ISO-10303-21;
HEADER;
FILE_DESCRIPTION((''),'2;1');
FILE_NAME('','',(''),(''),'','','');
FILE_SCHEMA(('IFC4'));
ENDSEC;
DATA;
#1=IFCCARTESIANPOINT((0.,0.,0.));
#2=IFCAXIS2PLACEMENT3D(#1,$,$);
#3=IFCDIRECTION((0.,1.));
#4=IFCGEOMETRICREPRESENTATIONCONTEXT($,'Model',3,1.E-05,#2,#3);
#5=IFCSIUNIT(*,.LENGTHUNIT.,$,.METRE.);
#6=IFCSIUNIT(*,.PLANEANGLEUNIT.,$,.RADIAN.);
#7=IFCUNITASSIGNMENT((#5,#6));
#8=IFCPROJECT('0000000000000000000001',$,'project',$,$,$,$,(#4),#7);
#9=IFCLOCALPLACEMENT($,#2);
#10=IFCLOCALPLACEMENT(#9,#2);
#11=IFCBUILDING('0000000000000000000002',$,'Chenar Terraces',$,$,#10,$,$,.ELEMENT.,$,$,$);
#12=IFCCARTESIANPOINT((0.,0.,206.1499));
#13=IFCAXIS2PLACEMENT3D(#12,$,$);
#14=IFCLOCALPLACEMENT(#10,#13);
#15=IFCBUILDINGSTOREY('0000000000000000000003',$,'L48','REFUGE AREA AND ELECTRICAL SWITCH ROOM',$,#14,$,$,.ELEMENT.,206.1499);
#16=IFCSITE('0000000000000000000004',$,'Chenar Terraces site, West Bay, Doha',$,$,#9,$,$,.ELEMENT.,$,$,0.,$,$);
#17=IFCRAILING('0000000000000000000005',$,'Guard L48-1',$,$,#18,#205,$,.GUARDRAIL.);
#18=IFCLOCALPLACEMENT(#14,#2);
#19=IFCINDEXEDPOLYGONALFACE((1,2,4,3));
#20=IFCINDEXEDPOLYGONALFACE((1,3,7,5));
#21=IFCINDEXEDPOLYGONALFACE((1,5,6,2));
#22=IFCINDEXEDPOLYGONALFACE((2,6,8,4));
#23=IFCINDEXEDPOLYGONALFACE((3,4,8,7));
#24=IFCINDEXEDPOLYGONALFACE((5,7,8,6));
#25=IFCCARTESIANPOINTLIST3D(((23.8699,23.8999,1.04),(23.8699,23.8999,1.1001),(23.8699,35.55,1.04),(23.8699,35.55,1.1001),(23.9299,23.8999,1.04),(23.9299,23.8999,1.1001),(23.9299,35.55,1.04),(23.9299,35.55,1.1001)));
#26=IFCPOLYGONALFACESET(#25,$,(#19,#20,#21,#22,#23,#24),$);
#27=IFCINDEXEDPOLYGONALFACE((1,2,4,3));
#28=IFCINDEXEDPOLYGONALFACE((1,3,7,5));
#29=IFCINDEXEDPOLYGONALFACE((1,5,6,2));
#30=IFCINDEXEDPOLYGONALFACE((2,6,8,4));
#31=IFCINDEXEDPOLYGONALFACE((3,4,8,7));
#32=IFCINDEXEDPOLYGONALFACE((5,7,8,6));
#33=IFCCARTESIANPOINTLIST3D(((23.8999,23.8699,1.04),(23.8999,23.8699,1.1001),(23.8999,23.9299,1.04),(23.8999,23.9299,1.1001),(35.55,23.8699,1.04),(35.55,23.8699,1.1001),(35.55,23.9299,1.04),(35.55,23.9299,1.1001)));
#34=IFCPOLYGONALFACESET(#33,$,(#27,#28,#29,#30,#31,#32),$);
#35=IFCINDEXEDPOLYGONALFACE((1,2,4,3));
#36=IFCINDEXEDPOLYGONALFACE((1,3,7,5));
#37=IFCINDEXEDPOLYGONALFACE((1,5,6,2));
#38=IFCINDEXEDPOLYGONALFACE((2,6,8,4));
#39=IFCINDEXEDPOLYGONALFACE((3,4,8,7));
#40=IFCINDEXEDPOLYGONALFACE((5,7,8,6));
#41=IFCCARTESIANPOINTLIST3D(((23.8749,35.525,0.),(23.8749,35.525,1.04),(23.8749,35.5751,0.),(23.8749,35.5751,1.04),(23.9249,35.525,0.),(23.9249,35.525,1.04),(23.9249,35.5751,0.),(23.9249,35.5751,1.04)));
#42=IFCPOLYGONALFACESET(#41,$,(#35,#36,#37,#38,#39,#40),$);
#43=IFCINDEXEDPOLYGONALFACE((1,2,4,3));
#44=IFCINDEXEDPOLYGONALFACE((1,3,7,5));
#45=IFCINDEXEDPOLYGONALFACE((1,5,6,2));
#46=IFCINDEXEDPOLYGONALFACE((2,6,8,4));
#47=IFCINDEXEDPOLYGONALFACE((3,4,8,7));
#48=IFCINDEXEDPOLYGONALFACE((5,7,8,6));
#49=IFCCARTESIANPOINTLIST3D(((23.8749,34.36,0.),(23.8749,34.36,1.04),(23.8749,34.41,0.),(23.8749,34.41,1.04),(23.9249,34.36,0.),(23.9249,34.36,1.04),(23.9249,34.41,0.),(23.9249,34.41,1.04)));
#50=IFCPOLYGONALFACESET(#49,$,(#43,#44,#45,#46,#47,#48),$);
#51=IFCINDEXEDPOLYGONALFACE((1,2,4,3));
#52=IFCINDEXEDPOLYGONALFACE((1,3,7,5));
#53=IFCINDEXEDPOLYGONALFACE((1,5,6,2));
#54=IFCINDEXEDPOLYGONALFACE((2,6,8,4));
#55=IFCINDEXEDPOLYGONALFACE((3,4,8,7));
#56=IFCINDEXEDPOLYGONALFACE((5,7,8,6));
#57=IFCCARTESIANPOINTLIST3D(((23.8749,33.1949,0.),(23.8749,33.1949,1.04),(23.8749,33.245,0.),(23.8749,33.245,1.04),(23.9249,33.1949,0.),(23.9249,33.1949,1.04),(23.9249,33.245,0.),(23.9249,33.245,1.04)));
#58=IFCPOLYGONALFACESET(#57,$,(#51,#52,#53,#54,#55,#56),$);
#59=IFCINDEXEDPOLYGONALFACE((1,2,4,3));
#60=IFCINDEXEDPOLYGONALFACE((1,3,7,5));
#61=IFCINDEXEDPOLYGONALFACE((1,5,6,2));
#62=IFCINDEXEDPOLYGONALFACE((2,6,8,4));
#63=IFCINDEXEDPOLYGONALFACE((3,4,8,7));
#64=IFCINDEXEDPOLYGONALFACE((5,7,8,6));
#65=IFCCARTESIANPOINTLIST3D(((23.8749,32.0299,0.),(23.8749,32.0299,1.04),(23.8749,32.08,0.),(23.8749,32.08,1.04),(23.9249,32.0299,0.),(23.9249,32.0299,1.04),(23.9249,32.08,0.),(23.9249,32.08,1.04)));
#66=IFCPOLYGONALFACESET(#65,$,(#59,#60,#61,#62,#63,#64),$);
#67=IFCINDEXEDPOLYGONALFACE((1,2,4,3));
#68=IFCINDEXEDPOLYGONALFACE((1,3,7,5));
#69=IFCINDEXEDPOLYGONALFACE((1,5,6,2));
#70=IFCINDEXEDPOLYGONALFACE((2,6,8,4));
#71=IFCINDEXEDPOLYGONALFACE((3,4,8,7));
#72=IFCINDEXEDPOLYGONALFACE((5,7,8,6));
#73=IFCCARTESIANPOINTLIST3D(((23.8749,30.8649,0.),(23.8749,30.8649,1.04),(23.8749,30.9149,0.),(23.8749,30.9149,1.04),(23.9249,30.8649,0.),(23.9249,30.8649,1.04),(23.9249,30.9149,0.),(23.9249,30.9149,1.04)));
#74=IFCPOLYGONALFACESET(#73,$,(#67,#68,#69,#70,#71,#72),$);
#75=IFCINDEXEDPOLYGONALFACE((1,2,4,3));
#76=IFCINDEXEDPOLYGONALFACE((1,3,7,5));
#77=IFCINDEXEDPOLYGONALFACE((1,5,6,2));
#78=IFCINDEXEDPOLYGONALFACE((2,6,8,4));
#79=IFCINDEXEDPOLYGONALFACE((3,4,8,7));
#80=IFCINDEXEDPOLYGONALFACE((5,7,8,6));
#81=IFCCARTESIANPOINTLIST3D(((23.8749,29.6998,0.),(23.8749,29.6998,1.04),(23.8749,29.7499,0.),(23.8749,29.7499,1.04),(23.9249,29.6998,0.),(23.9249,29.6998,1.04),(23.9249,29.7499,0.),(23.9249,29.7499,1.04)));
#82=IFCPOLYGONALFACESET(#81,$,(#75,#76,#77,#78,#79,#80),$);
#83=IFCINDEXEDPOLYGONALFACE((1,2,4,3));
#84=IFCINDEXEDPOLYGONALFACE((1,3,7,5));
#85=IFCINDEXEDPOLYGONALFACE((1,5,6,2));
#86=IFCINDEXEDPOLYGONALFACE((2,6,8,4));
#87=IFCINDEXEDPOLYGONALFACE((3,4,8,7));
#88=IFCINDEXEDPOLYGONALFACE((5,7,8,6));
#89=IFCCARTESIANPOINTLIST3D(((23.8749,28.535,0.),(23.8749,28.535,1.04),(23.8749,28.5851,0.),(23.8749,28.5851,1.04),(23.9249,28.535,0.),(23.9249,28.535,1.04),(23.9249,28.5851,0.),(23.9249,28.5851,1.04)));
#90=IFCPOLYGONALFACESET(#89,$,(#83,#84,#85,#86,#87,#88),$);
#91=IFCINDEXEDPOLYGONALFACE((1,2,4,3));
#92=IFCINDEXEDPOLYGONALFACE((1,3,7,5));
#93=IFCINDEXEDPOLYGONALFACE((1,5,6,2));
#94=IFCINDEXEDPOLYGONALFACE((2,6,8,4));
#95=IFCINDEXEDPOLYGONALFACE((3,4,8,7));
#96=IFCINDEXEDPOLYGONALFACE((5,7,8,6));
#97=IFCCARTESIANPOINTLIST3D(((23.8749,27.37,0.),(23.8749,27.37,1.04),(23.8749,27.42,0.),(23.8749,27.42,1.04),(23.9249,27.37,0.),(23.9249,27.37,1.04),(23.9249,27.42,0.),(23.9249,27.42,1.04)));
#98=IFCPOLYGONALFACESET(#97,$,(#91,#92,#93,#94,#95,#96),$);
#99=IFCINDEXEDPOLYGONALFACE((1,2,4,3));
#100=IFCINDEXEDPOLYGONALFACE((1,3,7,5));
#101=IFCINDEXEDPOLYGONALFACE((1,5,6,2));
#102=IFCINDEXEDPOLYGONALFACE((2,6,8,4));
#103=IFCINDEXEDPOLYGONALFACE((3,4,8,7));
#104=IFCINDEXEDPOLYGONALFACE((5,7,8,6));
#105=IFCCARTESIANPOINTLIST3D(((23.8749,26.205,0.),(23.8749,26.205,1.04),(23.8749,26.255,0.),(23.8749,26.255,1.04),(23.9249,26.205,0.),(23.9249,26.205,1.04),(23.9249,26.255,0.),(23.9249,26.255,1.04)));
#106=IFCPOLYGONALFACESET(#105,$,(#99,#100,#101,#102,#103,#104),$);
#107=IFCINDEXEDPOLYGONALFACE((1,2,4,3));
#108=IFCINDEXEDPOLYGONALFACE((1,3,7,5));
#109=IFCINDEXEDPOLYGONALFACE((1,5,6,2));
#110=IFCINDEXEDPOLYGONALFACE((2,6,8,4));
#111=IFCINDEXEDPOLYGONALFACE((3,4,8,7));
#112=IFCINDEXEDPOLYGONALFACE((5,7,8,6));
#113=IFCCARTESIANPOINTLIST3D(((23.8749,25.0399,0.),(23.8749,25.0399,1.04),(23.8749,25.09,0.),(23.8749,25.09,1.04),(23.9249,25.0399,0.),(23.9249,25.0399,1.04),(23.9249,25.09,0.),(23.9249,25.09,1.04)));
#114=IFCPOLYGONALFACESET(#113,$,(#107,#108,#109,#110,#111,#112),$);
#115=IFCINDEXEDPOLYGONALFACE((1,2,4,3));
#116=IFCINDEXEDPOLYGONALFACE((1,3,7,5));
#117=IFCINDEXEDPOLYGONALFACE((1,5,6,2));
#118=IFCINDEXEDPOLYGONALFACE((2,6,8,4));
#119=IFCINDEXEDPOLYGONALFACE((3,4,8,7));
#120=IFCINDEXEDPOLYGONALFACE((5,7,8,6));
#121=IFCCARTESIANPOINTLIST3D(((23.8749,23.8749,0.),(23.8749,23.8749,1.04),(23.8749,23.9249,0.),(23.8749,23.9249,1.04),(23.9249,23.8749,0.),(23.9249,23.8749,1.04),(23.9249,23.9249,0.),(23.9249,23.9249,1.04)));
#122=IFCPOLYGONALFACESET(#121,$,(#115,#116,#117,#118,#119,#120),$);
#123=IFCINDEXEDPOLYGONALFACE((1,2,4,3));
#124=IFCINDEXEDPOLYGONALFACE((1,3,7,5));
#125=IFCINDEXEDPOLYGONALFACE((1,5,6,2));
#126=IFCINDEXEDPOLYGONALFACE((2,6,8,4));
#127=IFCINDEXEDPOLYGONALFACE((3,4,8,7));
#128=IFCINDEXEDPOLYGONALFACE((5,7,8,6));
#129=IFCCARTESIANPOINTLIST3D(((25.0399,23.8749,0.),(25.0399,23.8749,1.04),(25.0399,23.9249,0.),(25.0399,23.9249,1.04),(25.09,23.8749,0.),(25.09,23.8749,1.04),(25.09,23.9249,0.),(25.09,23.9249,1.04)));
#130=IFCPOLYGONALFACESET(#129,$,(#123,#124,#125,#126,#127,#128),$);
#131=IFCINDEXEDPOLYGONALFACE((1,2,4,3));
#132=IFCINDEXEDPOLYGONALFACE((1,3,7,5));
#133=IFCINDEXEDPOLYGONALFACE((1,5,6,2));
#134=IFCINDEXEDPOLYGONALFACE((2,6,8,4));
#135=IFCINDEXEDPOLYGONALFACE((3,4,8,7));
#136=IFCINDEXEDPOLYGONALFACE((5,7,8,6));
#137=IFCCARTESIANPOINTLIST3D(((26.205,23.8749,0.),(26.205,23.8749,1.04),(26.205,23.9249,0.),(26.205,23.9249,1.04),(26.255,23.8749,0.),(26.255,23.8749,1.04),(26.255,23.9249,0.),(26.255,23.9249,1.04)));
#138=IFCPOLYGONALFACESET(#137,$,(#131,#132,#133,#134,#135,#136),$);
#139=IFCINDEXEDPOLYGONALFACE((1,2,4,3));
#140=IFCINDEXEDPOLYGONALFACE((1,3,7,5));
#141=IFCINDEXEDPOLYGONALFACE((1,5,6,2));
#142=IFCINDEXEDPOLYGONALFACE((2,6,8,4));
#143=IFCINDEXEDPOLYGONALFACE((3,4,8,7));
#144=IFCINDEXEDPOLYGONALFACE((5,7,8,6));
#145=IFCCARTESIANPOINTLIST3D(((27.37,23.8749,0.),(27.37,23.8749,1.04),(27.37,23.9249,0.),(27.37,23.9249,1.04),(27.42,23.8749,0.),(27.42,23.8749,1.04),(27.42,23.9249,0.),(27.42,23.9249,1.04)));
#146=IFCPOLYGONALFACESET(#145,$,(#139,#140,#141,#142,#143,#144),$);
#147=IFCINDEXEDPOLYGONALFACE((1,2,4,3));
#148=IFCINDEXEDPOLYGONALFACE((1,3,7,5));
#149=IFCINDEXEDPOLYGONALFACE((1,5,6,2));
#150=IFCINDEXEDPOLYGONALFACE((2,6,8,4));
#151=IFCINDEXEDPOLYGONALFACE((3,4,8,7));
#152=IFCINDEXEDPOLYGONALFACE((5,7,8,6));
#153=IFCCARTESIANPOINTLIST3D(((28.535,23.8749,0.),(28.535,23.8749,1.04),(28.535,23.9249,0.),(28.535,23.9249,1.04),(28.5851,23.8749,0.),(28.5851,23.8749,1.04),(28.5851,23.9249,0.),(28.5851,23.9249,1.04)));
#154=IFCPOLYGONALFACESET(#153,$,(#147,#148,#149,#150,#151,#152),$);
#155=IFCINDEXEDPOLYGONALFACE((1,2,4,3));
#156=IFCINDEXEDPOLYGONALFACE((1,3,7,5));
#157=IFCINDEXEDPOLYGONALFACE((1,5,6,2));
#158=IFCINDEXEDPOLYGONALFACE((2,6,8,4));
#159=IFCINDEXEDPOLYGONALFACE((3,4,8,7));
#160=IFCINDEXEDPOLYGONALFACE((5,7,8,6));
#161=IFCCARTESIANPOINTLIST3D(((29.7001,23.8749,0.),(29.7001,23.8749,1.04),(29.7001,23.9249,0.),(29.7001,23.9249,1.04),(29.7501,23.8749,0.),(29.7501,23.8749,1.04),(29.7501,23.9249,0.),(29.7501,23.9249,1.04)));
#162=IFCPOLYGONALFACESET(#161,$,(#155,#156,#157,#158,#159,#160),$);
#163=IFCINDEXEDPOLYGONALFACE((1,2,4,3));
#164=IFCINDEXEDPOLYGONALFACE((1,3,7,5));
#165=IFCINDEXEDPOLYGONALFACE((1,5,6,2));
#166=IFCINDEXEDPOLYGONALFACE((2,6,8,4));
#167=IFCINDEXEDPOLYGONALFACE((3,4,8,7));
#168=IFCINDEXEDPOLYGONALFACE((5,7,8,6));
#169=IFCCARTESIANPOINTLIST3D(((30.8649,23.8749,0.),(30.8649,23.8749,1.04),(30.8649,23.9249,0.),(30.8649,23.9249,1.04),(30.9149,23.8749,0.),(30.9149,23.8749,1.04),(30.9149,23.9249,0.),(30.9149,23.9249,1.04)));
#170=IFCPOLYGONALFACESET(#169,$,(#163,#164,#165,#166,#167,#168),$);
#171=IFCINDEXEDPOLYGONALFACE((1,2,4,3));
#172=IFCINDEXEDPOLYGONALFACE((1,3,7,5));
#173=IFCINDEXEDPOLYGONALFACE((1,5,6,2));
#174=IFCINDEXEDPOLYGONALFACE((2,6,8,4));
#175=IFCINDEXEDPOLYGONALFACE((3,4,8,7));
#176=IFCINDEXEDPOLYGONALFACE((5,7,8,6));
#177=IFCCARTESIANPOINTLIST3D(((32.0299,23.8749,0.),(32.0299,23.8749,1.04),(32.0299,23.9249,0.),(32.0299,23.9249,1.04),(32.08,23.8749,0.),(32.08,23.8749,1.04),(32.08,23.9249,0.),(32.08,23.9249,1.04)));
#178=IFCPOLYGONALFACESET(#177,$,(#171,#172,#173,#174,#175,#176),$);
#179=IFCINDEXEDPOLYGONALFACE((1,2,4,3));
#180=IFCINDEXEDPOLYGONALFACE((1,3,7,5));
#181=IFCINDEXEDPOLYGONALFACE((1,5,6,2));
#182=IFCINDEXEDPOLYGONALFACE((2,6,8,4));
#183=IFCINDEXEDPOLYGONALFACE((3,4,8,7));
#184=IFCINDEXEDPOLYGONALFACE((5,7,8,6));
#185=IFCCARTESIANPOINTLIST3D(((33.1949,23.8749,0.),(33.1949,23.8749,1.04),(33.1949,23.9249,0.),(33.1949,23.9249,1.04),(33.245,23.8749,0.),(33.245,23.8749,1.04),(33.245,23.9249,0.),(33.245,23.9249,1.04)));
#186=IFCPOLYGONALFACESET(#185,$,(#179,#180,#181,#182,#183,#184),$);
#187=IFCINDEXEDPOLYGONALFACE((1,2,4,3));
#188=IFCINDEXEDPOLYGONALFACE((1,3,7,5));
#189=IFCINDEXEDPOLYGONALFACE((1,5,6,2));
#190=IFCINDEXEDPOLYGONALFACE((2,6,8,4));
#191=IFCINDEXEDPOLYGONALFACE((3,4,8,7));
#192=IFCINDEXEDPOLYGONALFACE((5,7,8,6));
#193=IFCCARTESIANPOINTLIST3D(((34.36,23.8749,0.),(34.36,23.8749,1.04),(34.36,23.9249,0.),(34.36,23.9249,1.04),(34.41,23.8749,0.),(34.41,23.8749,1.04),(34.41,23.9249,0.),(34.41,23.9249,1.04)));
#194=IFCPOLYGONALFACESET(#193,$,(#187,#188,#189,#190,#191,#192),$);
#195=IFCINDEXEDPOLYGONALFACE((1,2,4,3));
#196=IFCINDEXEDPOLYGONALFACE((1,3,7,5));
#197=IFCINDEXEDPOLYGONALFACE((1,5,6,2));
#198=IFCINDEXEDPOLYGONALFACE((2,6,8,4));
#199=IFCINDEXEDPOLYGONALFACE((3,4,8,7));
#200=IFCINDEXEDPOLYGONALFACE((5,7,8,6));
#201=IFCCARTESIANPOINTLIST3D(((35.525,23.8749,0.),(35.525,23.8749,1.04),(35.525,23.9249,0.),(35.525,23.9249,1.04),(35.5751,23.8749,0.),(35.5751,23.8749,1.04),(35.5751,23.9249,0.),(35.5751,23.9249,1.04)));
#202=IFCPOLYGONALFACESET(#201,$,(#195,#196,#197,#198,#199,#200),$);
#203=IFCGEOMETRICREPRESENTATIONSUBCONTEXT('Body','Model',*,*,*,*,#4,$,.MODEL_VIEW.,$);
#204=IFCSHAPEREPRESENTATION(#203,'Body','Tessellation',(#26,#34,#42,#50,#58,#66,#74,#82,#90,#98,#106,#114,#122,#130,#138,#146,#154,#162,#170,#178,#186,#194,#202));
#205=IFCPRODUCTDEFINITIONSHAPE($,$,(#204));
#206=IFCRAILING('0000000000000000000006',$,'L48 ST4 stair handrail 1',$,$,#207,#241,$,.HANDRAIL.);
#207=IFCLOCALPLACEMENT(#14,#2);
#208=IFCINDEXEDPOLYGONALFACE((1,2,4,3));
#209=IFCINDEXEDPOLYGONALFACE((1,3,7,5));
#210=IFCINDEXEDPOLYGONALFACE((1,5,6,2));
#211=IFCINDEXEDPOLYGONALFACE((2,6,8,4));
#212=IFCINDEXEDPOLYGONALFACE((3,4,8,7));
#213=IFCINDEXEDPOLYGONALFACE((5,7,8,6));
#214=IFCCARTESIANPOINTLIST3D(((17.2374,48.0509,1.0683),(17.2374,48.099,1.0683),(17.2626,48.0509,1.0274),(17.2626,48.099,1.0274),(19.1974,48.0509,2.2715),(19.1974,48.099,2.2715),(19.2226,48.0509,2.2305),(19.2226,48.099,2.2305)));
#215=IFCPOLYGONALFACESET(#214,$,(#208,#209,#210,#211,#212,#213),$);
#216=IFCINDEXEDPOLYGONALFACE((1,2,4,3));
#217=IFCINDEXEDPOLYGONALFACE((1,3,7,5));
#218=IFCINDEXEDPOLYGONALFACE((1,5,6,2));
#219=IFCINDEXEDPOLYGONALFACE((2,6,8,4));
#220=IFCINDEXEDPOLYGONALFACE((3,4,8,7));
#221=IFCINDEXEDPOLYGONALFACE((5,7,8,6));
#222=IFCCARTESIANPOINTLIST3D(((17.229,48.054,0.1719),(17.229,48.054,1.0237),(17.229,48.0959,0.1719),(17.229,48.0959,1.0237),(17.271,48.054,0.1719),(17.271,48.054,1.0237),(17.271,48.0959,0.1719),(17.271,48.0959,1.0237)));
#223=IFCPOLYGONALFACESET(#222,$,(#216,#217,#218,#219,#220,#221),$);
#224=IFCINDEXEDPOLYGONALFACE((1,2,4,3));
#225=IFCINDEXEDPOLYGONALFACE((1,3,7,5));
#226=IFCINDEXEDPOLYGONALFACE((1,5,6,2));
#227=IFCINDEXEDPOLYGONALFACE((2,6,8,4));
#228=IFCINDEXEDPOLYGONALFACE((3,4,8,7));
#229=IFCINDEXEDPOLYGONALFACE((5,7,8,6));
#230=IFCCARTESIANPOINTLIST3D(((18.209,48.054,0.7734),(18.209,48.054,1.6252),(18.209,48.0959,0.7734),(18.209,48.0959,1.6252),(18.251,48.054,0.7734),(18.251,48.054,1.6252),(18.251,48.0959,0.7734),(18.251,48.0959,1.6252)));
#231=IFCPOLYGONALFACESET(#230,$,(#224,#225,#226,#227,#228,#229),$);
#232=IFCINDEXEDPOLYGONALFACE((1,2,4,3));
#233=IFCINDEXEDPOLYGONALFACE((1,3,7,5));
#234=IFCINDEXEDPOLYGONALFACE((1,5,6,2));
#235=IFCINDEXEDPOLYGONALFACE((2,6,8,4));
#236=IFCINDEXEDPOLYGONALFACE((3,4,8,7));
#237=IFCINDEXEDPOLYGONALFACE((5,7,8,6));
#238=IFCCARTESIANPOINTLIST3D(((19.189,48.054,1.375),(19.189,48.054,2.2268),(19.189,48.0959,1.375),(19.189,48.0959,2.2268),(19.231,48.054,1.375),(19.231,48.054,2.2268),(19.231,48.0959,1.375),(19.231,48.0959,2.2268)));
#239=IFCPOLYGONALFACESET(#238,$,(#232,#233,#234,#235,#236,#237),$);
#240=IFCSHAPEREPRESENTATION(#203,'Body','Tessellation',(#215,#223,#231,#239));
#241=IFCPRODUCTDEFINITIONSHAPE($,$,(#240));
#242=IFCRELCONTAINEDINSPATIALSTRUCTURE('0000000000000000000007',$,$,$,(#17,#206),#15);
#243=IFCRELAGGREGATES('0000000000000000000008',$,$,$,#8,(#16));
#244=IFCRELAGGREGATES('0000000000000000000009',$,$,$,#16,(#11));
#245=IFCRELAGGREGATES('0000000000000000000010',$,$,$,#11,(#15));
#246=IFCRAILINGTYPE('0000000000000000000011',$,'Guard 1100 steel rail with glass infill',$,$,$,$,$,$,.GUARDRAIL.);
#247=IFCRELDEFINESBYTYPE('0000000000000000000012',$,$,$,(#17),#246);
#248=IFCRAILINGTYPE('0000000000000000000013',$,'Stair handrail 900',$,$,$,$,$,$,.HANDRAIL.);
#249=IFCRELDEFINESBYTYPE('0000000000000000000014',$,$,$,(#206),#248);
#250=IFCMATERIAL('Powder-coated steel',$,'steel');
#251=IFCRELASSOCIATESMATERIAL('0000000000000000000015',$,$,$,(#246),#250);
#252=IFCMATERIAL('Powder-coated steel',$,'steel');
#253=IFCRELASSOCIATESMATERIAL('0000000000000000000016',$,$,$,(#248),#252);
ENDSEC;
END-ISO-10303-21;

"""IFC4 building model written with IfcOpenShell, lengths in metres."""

from ifc_helpers import new_model, si_unit, direction, frame, origin, origin_2d, place, context, subcontext, project, spatial, rectangle, extrude, material, type_object, element, save


model = new_model("IFC4")

# Units and contexts
model_context = context("Model", 3, precision=1e-05, world=origin(), true_north=direction((0.0, 1.0)))
body_context = subcontext(model_context, "Body", "Model", "MODEL_VIEW")
ifc_project = project(units=[si_unit("LENGTHUNIT", "METRE"), si_unit("PLANEANGLEUNIT", "RADIAN")], contexts=[model_context])

# Site, building, storey
site_placement = place(None, origin())
site = spatial("IfcSite", under=ifc_project, at=site_placement, Name="Chenar Terraces site, West Bay, Doha", CompositionType="ELEMENT", RefElevation=0.0)
building_placement = place(site_placement, origin())
building = spatial("IfcBuilding", under=site, at=building_placement, Name="Chenar Terraces", CompositionType="ELEMENT")
storey_placement = place(building_placement, frame((0.0, 0.0, 206.1499)))
storey = spatial("IfcBuildingStorey", under=building, at=storey_placement, Name="L48", Description="REFUGE AREA AND ELECTRICAL SWITCH ROOM", CompositionType="ELEMENT", Elevation=206.1499)

# Railings
ifc_material_1 = material(Name="Powder-coated steel", Category="steel")
railing_type_1 = type_object("IfcRailingType", Name="Guard 1100 steel rail with glass infill", PredefinedType="GUARDRAIL", material=ifc_material_1)
railing_placement = place(storey_placement, frame((23.8999, 35.55, 0.0)))
element("IfcRailing", 1, at=railing_placement, inside=storey, type_object=railing_type_1, Name="Guard L48-1", PredefinedType="GUARDRAIL", context=body_context, shape_type="SweptSolid", body=[
    extrude(rectangle(XDim=0.0601, YDim=0.0601, at=origin_2d()), frame((0.0, 0.0, 1.0701), z_axis=(0.0, -1.0, 0.0), x_axis=(1.0, 0.0, 0.0)), (0.0, 0.0, 1.0), 11.6501),
    extrude(rectangle(XDim=0.0601, YDim=0.0601, at=origin_2d()), frame((0.0, -11.6501, 1.0701), z_axis=(1.0, 0.0, 0.0), x_axis=(0.0, 1.0, 0.0)), (0.0, 0.0, 1.0), 11.6501),
    extrude(rectangle(XDim=0.05, YDim=0.05, at=origin_2d()), origin(), (0.0, 0.0, 1.0), 1.04),
    extrude(rectangle(XDim=0.05, YDim=0.05, at=origin_2d()), frame((0.0, -1.165, 0.0)), (0.0, 0.0, 1.0), 1.04),
    extrude(rectangle(XDim=0.05, YDim=0.05, at=origin_2d()), frame((0.0, -2.3301, 0.0)), (0.0, 0.0, 1.0), 1.04),
    extrude(rectangle(XDim=0.05, YDim=0.05, at=origin_2d()), frame((0.0, -3.4951, 0.0)), (0.0, 0.0, 1.0), 1.04),
    extrude(rectangle(XDim=0.05, YDim=0.05, at=origin_2d()), frame((0.0, -4.6602, 0.0)), (0.0, 0.0, 1.0), 1.04),
    extrude(rectangle(XDim=0.05, YDim=0.05, at=origin_2d()), frame((0.0, -5.8252, 0.0)), (0.0, 0.0, 1.0), 1.04),
    extrude(rectangle(XDim=0.05, YDim=0.05, at=origin_2d()), frame((0.0, -6.99, 0.0)), (0.0, 0.0, 1.0), 1.04),
    extrude(rectangle(XDim=0.05, YDim=0.05, at=origin_2d()), frame((0.0, -8.155, 0.0)), (0.0, 0.0, 1.0), 1.04),
    extrude(rectangle(XDim=0.05, YDim=0.05, at=origin_2d()), frame((0.0, -9.3201, 0.0)), (0.0, 0.0, 1.0), 1.04),
    extrude(rectangle(XDim=0.05, YDim=0.05, at=origin_2d()), frame((0.0, -10.4851, 0.0)), (0.0, 0.0, 1.0), 1.04),
    extrude(rectangle(XDim=0.05, YDim=0.05, at=origin_2d()), frame((0.0, -11.6501, 0.0)), (0.0, 0.0, 1.0), 1.04),
    extrude(rectangle(XDim=0.05, YDim=0.05, at=origin_2d()), frame((1.165, -11.6501, 0.0)), (0.0, 0.0, 1.0), 1.04),
    extrude(rectangle(XDim=0.05, YDim=0.05, at=origin_2d()), frame((2.3301, -11.6501, 0.0)), (0.0, 0.0, 1.0), 1.04),
    extrude(rectangle(XDim=0.05, YDim=0.05, at=origin_2d()), frame((3.4951, -11.6501, 0.0)), (0.0, 0.0, 1.0), 1.04),
    extrude(rectangle(XDim=0.05, YDim=0.05, at=origin_2d()), frame((4.6602, -11.6501, 0.0)), (0.0, 0.0, 1.0), 1.04),
    extrude(rectangle(XDim=0.05, YDim=0.05, at=origin_2d()), frame((5.8252, -11.6501, 0.0)), (0.0, 0.0, 1.0), 1.04),
    extrude(rectangle(XDim=0.05, YDim=0.05, at=origin_2d()), frame((6.99, -11.6501, 0.0)), (0.0, 0.0, 1.0), 1.04),
    extrude(rectangle(XDim=0.05, YDim=0.05, at=origin_2d()), frame((8.155, -11.6501, 0.0)), (0.0, 0.0, 1.0), 1.04),
    extrude(rectangle(XDim=0.05, YDim=0.05, at=origin_2d()), frame((9.3201, -11.6501, 0.0)), (0.0, 0.0, 1.0), 1.04),
    extrude(rectangle(XDim=0.05, YDim=0.05, at=origin_2d()), frame((10.4851, -11.6501, 0.0)), (0.0, 0.0, 1.0), 1.04),
    extrude(rectangle(XDim=0.05, YDim=0.05, at=origin_2d()), frame((11.6501, -11.6501, 0.0)), (0.0, 0.0, 1.0), 1.04),
])
ifc_material_2 = material(Name="Powder-coated steel", Category="steel")
railing_type_2 = type_object("IfcRailingType", Name="Stair handrail 900", PredefinedType="HANDRAIL", material=ifc_material_2)
for number, where, name in (
    (2, (17.25, 48.075, 0.1719), "L48 ST4 stair handrail 1"),
):
    element("IfcRailing", number, at=place(storey_placement, frame(where)), inside=storey, type_object=railing_type_2, Name=name, PredefinedType="HANDRAIL", context=body_context, shape_type="SweptSolid", body=[
        extrude(rectangle(XDim=0.0481, YDim=0.0481, at=origin_2d()), frame((0.0, 0.0, 0.876), z_axis=(0.852241, 0.0, 0.523149), x_axis=(0.0, 1.0, 0.0)), (0.0, 0.0, 1.0), 2.2998),
        extrude(rectangle(XDim=0.042, YDim=0.042, at=origin_2d()), origin(), (0.0, 0.0, 1.0), 0.8518),
        extrude(rectangle(XDim=0.042, YDim=0.042, at=origin_2d()), frame((0.98, 0.0, 0.6016)), (0.0, 0.0, 1.0), 0.8518),
        extrude(rectangle(XDim=0.042, YDim=0.042, at=origin_2d()), frame((1.96, 0.0, 1.2031)), (0.0, 0.0, 1.0), 0.8518),
    ])

save(model, "model.ifc")
